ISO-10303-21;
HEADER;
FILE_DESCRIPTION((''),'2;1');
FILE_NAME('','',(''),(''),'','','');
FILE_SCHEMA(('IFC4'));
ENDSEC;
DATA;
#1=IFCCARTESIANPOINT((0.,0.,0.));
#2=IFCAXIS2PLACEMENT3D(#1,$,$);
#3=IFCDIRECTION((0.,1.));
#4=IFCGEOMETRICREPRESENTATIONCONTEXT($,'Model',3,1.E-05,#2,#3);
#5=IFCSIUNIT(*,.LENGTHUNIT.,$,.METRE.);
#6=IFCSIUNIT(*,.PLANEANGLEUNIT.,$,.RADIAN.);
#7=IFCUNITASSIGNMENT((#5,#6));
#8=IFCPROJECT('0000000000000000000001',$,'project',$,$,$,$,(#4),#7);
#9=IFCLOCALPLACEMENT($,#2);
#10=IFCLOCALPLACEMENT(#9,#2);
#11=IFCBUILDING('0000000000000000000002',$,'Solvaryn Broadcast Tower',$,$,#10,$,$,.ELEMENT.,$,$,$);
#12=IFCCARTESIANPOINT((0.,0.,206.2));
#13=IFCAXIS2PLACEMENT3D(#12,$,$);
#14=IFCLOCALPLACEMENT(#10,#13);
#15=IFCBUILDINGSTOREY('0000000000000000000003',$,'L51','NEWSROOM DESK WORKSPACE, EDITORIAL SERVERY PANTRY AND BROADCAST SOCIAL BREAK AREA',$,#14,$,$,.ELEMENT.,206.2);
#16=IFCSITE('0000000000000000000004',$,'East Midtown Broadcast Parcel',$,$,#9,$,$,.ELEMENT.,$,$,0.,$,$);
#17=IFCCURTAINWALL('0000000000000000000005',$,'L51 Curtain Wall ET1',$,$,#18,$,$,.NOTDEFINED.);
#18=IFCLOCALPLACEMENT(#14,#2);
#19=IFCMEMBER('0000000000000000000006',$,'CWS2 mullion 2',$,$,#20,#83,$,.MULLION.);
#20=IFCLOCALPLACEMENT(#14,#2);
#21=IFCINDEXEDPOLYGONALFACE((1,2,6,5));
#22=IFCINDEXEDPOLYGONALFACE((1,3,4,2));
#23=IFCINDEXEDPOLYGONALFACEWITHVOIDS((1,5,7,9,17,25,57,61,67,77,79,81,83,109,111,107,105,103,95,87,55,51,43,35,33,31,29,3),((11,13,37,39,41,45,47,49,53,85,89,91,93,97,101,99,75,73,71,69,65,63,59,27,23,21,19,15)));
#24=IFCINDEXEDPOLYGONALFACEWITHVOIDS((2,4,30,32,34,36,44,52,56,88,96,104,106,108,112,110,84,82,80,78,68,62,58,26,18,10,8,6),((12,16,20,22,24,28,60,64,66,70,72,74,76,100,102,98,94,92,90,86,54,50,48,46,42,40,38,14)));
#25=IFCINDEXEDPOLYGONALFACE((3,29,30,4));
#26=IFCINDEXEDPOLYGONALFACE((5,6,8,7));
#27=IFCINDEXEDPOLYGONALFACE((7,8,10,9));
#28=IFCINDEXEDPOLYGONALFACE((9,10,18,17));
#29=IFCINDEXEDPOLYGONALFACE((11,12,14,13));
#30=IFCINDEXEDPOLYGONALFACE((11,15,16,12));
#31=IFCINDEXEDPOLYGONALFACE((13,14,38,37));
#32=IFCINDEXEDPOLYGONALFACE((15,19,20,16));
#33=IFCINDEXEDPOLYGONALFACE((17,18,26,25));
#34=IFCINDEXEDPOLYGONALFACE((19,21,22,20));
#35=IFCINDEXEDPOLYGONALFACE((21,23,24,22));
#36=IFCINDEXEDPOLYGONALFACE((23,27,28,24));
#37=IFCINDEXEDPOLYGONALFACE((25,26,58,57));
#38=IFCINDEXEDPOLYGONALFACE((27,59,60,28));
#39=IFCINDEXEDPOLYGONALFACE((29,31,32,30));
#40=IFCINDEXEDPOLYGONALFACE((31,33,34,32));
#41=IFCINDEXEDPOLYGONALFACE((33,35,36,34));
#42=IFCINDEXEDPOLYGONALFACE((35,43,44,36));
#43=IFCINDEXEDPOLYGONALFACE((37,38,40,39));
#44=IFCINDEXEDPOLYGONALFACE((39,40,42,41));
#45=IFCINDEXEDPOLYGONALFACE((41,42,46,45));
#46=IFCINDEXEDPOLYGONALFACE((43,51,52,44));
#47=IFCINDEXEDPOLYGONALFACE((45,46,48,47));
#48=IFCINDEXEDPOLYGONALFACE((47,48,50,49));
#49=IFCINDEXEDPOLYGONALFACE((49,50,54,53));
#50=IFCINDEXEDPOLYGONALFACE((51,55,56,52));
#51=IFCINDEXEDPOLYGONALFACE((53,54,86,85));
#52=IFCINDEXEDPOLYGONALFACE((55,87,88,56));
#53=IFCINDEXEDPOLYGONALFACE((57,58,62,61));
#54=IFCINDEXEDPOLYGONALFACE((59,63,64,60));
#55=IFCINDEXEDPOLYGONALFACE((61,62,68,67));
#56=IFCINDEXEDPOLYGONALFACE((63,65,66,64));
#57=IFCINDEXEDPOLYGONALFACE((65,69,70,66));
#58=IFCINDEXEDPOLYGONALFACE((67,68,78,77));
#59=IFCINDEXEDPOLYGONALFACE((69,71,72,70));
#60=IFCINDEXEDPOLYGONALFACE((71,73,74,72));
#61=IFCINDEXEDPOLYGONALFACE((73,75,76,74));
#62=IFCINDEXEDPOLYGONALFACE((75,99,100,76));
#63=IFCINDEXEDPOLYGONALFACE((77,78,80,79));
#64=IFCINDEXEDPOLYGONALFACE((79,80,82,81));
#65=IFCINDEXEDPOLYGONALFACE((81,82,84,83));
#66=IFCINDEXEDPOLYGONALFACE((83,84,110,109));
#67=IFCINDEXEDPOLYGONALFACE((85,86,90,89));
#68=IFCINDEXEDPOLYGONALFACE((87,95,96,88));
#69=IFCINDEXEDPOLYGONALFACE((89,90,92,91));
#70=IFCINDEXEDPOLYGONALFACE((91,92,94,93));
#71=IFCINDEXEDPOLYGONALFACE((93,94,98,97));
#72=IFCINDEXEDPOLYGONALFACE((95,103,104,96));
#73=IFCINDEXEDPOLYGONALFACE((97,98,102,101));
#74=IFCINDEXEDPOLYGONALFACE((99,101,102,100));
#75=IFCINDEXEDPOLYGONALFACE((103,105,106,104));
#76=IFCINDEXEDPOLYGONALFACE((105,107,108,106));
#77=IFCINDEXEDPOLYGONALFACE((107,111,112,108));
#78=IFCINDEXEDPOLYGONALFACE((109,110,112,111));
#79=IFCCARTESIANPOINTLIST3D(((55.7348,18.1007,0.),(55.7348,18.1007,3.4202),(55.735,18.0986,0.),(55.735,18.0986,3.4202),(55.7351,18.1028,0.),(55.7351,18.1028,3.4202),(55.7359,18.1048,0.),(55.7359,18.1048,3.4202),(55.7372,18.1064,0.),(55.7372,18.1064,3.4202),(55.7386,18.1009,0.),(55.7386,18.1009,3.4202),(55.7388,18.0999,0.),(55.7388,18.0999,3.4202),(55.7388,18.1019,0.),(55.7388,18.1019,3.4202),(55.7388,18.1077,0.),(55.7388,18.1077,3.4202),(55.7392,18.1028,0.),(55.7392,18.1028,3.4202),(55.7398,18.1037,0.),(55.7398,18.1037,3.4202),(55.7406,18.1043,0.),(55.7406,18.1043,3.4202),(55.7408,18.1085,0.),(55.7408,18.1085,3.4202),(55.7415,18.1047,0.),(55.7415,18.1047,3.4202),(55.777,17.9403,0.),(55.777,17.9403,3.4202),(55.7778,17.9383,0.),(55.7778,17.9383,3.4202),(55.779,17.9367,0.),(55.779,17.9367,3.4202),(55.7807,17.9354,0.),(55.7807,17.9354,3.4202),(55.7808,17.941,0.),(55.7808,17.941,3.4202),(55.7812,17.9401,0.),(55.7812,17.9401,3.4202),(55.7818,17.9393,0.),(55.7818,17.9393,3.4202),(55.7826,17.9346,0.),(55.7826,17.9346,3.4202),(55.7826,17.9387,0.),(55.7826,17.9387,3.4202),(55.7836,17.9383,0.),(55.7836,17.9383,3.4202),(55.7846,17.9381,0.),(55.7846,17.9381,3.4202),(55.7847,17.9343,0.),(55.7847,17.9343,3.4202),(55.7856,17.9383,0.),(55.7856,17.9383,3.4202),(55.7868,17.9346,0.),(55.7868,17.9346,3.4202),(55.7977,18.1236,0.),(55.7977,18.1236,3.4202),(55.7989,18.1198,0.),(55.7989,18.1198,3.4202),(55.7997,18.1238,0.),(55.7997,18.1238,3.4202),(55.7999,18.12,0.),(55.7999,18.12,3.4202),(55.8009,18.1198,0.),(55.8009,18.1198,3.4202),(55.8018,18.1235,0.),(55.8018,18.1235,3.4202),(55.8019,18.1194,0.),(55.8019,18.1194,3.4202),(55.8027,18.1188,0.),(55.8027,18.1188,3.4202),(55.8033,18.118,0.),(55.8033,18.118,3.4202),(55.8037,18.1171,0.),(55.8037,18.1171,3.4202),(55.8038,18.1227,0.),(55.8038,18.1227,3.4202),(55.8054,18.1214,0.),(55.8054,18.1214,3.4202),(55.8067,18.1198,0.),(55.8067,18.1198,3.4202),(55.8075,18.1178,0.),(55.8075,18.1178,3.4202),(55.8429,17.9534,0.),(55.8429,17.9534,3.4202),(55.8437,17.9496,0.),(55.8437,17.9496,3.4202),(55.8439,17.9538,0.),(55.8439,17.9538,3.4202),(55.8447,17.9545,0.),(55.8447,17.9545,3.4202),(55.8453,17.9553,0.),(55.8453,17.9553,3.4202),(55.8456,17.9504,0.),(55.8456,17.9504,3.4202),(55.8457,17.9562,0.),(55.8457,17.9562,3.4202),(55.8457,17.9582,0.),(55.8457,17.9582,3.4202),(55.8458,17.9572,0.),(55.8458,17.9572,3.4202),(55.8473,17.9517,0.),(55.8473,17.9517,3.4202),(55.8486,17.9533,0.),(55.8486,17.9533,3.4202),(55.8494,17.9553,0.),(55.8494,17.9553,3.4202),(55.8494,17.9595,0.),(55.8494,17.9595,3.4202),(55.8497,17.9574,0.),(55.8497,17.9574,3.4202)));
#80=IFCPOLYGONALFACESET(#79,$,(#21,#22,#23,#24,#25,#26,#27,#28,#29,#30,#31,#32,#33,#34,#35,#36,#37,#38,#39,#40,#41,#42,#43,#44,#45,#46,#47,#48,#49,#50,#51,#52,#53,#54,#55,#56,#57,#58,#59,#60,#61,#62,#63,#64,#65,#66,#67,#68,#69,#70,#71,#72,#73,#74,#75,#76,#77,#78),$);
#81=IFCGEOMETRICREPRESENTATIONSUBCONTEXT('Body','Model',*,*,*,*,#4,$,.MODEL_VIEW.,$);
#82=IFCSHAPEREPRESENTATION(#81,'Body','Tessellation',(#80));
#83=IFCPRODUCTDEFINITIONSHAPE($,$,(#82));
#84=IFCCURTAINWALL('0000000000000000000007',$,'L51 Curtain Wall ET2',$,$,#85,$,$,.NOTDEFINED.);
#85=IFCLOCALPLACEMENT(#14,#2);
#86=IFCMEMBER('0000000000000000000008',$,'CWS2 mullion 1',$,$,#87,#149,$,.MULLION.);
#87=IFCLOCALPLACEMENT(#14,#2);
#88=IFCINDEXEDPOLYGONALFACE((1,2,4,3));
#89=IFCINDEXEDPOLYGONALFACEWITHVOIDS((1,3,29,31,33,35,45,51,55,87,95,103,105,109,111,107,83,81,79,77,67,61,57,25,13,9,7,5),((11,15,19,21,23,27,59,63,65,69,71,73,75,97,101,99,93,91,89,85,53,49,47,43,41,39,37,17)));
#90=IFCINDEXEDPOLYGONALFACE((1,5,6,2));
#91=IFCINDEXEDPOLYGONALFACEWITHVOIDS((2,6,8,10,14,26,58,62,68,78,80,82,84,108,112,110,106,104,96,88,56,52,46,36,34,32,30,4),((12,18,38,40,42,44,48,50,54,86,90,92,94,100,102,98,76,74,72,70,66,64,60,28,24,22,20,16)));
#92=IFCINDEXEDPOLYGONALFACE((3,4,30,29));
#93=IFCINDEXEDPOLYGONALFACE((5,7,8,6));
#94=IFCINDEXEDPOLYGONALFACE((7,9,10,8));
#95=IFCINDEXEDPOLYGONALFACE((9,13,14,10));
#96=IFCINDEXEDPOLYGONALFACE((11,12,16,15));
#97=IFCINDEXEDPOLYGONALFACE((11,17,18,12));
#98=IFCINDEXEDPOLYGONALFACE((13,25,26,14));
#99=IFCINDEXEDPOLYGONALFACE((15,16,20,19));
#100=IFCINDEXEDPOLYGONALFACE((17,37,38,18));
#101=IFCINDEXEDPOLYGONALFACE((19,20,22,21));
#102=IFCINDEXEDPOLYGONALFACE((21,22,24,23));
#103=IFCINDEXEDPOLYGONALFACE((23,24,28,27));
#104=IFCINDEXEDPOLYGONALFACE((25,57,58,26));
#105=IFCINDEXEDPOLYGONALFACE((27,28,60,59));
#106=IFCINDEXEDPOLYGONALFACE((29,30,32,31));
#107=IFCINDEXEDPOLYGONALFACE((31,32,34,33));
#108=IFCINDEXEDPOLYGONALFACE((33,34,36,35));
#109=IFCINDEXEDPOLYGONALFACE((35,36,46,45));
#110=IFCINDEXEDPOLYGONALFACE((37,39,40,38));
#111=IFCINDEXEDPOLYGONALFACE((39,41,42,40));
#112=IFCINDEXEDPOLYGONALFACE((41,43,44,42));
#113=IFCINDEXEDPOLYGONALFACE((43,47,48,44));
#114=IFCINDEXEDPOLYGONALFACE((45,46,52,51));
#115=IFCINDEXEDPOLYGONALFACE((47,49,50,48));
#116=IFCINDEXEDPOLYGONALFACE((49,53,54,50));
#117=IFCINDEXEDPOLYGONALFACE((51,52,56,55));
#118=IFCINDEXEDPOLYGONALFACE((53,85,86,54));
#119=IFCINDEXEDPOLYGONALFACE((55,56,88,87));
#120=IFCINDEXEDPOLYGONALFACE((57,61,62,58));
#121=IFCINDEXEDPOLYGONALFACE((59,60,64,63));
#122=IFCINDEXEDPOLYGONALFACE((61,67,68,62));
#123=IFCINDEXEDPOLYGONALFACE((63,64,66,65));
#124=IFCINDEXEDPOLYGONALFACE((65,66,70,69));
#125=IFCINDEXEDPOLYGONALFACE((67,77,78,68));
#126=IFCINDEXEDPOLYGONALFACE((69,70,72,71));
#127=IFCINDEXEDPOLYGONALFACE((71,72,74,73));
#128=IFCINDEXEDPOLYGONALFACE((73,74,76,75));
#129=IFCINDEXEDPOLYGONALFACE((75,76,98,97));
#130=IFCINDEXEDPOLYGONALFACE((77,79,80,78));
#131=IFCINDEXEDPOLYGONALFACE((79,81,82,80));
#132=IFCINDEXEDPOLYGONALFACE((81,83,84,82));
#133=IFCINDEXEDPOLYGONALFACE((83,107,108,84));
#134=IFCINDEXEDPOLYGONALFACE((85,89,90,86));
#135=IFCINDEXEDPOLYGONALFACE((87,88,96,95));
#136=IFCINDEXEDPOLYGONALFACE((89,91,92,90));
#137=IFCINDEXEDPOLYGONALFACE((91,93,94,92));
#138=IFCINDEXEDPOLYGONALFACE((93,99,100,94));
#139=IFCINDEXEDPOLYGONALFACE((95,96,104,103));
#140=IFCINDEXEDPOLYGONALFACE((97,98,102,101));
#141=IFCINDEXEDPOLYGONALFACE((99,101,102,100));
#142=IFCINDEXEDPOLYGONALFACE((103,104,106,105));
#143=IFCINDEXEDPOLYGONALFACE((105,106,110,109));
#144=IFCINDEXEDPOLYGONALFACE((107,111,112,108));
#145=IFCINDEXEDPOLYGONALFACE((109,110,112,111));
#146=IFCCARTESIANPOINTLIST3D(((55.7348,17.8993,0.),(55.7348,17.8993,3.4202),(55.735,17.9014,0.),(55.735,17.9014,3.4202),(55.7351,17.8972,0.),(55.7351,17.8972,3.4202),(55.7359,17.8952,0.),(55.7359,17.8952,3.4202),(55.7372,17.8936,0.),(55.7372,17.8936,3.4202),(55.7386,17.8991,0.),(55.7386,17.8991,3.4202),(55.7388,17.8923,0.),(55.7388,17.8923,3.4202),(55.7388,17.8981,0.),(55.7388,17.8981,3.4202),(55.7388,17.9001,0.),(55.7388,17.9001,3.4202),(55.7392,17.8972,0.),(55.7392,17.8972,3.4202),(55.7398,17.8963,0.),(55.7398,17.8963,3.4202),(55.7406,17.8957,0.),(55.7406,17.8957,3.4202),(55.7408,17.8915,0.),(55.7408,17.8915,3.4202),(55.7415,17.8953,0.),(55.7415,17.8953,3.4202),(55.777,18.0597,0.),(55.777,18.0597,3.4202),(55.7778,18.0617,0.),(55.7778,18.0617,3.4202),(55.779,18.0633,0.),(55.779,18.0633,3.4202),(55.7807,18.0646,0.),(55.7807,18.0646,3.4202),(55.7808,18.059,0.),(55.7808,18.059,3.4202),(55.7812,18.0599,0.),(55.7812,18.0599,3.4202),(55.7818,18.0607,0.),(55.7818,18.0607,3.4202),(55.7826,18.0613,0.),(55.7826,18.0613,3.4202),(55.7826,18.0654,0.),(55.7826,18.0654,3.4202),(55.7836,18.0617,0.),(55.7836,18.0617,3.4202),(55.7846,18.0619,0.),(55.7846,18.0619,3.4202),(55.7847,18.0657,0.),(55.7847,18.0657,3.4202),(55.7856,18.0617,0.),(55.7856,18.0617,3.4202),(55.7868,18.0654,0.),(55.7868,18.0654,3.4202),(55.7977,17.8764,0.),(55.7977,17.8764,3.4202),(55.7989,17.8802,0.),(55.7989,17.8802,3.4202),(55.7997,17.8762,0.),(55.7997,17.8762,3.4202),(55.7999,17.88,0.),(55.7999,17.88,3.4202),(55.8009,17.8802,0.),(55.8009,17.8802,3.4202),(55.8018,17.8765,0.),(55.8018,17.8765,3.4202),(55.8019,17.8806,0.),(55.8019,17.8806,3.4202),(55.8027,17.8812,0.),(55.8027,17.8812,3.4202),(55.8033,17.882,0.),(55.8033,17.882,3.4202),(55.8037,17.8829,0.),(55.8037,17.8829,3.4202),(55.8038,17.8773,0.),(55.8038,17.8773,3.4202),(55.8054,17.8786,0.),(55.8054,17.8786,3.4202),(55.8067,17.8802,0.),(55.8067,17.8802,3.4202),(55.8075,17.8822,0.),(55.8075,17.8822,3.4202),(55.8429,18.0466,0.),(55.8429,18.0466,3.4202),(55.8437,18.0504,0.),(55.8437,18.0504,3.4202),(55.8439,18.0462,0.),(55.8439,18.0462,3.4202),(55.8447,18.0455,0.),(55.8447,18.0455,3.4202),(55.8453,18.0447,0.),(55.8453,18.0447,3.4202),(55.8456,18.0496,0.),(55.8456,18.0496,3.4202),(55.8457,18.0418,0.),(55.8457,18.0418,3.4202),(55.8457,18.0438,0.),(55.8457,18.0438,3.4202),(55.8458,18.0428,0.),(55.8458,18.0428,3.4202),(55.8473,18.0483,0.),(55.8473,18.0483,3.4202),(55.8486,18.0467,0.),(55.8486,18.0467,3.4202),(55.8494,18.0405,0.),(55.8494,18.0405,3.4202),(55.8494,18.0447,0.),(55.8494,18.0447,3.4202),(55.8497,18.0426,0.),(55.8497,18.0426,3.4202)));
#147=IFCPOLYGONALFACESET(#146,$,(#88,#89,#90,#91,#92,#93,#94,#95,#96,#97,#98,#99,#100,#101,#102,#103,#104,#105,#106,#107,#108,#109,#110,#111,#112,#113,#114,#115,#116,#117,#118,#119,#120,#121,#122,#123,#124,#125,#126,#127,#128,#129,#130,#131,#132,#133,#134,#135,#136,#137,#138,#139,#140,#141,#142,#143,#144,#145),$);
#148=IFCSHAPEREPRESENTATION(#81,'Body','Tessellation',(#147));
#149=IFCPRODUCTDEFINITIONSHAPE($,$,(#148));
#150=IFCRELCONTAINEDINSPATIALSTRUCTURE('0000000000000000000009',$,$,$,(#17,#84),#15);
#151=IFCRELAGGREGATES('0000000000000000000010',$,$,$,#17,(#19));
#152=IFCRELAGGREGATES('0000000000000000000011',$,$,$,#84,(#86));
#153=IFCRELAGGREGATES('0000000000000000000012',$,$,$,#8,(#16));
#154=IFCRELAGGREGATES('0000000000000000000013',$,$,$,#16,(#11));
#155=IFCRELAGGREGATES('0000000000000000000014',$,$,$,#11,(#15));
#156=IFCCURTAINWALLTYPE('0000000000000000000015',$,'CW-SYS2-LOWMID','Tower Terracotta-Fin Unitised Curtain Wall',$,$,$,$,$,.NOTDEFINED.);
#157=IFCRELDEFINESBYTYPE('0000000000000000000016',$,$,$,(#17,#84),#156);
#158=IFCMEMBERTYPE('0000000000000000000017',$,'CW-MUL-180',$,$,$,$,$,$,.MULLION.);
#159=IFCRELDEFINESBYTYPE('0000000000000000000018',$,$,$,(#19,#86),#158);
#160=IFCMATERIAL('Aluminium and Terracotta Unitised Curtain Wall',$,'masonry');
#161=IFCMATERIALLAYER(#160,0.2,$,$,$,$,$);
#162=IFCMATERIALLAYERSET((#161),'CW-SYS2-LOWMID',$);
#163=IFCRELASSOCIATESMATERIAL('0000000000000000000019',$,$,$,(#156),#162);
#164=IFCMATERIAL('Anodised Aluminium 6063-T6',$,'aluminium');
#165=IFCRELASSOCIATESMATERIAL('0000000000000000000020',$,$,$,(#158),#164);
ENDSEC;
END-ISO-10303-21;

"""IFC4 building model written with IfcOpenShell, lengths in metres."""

from ifc_helpers import new_model, si_unit, direction, frame, origin, origin_2d, place, context, subcontext, project, spatial, hollow_rectangle, extrude, material, layer, layer_set, material_profile, profile_set, type_object, element, aggregate, save


model = new_model("IFC4")

# Units and contexts
model_context = context("Model", 3, precision=1e-05, world=origin(), true_north=direction((0.0, 1.0)))
body_context = subcontext(model_context, "Body", "Model", "MODEL_VIEW")
ifc_project = project(units=[si_unit("LENGTHUNIT", "METRE"), si_unit("PLANEANGLEUNIT", "RADIAN")], contexts=[model_context])

# Site, building, storey
site_placement = place(None, origin())
site = spatial("IfcSite", under=ifc_project, at=site_placement, Name="East Midtown Broadcast Parcel", CompositionType="ELEMENT", RefElevation=0.0)
building_placement = place(site_placement, origin())
building = spatial("IfcBuilding", under=site, at=building_placement, Name="Solvaryn Broadcast Tower", CompositionType="ELEMENT")
storey_placement = place(building_placement, frame((0.0, 0.0, 206.2)))
storey = spatial("IfcBuildingStorey", under=building, at=storey_placement, Name="L51", Description="NEWSROOM DESK WORKSPACE, EDITORIAL SERVERY PANTRY AND BROADCAST SOCIAL BREAK AREA", CompositionType="ELEMENT", Elevation=206.2)

# Curtain wall, member
ifc_material_1 = material(Name="Aluminium and Terracotta Unitised Curtain Wall", Category="masonry")
ifc_layer_1 = layer(ifc_material_1, 0.2)
ifc_layer_set_1 = layer_set([ifc_layer_1], Name="CW-SYS2-LOWMID")
curtain_wall_type = type_object("IfcCurtainWallType", Name="CW-SYS2-LOWMID", Description="Tower Terracotta-Fin Unitised Curtain Wall", PredefinedType="NOTDEFINED", material=ifc_layer_set_1)
ifc_material_2 = material(Name="Anodised Aluminium 6063-T6", Category="aluminium")
ifc_material_profile_1 = material_profile(ifc_material_2, hollow_rectangle(XDim=0.075, YDim=0.1799, WallThickness=0.0039, InnerFilletRadius=0.0039, OuterFilletRadius=0.0081, at=origin_2d()))
ifc_profile_set_1 = profile_set([ifc_material_profile_1], Name="Anodised Aluminium 6063-T6")
member_type_1 = type_object("IfcMemberType", Name="CW-MUL-180", PredefinedType="MULLION", material=ifc_profile_set_1)
curtain_wall_1_placement = place(storey_placement, origin())
curtain_wall_1 = element("IfcCurtainWall", 1, at=curtain_wall_1_placement, inside=storey, type_object=curtain_wall_type, Name="L51 Curtain Wall ET1", PredefinedType="NOTDEFINED")
member_1_placement = place(storey_placement, frame((55.7922, 18.0291, 0.0), z_axis=(0.0, 0.0, 1.0), x_axis=(0.966705, 0.255893, 0.0)))
member_1 = element("IfcMember", 2, at=member_1_placement, type_object=member_type_1, Name="CWS2 mullion 2", PredefinedType="MULLION", context=body_context, shape_type="SweptSolid", body=[
    extrude(hollow_rectangle(XDim=0.075, YDim=0.1799, WallThickness=0.0039, InnerFilletRadius=0.0039, OuterFilletRadius=0.0081, at=origin_2d()), origin(), (0.0, 0.0, 1.0), 3.4202),
])
aggregate(curtain_wall_1, [member_1])

# Curtain wall, member
curtain_wall_2_placement = place(storey_placement, origin())
curtain_wall_2 = element("IfcCurtainWall", 3, at=curtain_wall_2_placement, inside=storey, type_object=curtain_wall_type, Name="L51 Curtain Wall ET2", PredefinedType="NOTDEFINED")
member_2_placement = place(storey_placement, frame((55.7922, 17.9709, 0.0), z_axis=(0.0, 0.0, 1.0), x_axis=(0.966705, -0.255893, 0.0)))
member_2 = element("IfcMember", 4, at=member_2_placement, type_object=member_type_1, Name="CWS2 mullion 1", PredefinedType="MULLION", context=body_context, shape_type="SweptSolid", body=[
    extrude(hollow_rectangle(XDim=0.075, YDim=0.1799, WallThickness=0.0039, InnerFilletRadius=0.0039, OuterFilletRadius=0.0081, at=origin_2d()), origin(), (0.0, 0.0, 1.0), 3.4202),
])

aggregate(curtain_wall_2, [member_2])

save(model, "model.ifc")
